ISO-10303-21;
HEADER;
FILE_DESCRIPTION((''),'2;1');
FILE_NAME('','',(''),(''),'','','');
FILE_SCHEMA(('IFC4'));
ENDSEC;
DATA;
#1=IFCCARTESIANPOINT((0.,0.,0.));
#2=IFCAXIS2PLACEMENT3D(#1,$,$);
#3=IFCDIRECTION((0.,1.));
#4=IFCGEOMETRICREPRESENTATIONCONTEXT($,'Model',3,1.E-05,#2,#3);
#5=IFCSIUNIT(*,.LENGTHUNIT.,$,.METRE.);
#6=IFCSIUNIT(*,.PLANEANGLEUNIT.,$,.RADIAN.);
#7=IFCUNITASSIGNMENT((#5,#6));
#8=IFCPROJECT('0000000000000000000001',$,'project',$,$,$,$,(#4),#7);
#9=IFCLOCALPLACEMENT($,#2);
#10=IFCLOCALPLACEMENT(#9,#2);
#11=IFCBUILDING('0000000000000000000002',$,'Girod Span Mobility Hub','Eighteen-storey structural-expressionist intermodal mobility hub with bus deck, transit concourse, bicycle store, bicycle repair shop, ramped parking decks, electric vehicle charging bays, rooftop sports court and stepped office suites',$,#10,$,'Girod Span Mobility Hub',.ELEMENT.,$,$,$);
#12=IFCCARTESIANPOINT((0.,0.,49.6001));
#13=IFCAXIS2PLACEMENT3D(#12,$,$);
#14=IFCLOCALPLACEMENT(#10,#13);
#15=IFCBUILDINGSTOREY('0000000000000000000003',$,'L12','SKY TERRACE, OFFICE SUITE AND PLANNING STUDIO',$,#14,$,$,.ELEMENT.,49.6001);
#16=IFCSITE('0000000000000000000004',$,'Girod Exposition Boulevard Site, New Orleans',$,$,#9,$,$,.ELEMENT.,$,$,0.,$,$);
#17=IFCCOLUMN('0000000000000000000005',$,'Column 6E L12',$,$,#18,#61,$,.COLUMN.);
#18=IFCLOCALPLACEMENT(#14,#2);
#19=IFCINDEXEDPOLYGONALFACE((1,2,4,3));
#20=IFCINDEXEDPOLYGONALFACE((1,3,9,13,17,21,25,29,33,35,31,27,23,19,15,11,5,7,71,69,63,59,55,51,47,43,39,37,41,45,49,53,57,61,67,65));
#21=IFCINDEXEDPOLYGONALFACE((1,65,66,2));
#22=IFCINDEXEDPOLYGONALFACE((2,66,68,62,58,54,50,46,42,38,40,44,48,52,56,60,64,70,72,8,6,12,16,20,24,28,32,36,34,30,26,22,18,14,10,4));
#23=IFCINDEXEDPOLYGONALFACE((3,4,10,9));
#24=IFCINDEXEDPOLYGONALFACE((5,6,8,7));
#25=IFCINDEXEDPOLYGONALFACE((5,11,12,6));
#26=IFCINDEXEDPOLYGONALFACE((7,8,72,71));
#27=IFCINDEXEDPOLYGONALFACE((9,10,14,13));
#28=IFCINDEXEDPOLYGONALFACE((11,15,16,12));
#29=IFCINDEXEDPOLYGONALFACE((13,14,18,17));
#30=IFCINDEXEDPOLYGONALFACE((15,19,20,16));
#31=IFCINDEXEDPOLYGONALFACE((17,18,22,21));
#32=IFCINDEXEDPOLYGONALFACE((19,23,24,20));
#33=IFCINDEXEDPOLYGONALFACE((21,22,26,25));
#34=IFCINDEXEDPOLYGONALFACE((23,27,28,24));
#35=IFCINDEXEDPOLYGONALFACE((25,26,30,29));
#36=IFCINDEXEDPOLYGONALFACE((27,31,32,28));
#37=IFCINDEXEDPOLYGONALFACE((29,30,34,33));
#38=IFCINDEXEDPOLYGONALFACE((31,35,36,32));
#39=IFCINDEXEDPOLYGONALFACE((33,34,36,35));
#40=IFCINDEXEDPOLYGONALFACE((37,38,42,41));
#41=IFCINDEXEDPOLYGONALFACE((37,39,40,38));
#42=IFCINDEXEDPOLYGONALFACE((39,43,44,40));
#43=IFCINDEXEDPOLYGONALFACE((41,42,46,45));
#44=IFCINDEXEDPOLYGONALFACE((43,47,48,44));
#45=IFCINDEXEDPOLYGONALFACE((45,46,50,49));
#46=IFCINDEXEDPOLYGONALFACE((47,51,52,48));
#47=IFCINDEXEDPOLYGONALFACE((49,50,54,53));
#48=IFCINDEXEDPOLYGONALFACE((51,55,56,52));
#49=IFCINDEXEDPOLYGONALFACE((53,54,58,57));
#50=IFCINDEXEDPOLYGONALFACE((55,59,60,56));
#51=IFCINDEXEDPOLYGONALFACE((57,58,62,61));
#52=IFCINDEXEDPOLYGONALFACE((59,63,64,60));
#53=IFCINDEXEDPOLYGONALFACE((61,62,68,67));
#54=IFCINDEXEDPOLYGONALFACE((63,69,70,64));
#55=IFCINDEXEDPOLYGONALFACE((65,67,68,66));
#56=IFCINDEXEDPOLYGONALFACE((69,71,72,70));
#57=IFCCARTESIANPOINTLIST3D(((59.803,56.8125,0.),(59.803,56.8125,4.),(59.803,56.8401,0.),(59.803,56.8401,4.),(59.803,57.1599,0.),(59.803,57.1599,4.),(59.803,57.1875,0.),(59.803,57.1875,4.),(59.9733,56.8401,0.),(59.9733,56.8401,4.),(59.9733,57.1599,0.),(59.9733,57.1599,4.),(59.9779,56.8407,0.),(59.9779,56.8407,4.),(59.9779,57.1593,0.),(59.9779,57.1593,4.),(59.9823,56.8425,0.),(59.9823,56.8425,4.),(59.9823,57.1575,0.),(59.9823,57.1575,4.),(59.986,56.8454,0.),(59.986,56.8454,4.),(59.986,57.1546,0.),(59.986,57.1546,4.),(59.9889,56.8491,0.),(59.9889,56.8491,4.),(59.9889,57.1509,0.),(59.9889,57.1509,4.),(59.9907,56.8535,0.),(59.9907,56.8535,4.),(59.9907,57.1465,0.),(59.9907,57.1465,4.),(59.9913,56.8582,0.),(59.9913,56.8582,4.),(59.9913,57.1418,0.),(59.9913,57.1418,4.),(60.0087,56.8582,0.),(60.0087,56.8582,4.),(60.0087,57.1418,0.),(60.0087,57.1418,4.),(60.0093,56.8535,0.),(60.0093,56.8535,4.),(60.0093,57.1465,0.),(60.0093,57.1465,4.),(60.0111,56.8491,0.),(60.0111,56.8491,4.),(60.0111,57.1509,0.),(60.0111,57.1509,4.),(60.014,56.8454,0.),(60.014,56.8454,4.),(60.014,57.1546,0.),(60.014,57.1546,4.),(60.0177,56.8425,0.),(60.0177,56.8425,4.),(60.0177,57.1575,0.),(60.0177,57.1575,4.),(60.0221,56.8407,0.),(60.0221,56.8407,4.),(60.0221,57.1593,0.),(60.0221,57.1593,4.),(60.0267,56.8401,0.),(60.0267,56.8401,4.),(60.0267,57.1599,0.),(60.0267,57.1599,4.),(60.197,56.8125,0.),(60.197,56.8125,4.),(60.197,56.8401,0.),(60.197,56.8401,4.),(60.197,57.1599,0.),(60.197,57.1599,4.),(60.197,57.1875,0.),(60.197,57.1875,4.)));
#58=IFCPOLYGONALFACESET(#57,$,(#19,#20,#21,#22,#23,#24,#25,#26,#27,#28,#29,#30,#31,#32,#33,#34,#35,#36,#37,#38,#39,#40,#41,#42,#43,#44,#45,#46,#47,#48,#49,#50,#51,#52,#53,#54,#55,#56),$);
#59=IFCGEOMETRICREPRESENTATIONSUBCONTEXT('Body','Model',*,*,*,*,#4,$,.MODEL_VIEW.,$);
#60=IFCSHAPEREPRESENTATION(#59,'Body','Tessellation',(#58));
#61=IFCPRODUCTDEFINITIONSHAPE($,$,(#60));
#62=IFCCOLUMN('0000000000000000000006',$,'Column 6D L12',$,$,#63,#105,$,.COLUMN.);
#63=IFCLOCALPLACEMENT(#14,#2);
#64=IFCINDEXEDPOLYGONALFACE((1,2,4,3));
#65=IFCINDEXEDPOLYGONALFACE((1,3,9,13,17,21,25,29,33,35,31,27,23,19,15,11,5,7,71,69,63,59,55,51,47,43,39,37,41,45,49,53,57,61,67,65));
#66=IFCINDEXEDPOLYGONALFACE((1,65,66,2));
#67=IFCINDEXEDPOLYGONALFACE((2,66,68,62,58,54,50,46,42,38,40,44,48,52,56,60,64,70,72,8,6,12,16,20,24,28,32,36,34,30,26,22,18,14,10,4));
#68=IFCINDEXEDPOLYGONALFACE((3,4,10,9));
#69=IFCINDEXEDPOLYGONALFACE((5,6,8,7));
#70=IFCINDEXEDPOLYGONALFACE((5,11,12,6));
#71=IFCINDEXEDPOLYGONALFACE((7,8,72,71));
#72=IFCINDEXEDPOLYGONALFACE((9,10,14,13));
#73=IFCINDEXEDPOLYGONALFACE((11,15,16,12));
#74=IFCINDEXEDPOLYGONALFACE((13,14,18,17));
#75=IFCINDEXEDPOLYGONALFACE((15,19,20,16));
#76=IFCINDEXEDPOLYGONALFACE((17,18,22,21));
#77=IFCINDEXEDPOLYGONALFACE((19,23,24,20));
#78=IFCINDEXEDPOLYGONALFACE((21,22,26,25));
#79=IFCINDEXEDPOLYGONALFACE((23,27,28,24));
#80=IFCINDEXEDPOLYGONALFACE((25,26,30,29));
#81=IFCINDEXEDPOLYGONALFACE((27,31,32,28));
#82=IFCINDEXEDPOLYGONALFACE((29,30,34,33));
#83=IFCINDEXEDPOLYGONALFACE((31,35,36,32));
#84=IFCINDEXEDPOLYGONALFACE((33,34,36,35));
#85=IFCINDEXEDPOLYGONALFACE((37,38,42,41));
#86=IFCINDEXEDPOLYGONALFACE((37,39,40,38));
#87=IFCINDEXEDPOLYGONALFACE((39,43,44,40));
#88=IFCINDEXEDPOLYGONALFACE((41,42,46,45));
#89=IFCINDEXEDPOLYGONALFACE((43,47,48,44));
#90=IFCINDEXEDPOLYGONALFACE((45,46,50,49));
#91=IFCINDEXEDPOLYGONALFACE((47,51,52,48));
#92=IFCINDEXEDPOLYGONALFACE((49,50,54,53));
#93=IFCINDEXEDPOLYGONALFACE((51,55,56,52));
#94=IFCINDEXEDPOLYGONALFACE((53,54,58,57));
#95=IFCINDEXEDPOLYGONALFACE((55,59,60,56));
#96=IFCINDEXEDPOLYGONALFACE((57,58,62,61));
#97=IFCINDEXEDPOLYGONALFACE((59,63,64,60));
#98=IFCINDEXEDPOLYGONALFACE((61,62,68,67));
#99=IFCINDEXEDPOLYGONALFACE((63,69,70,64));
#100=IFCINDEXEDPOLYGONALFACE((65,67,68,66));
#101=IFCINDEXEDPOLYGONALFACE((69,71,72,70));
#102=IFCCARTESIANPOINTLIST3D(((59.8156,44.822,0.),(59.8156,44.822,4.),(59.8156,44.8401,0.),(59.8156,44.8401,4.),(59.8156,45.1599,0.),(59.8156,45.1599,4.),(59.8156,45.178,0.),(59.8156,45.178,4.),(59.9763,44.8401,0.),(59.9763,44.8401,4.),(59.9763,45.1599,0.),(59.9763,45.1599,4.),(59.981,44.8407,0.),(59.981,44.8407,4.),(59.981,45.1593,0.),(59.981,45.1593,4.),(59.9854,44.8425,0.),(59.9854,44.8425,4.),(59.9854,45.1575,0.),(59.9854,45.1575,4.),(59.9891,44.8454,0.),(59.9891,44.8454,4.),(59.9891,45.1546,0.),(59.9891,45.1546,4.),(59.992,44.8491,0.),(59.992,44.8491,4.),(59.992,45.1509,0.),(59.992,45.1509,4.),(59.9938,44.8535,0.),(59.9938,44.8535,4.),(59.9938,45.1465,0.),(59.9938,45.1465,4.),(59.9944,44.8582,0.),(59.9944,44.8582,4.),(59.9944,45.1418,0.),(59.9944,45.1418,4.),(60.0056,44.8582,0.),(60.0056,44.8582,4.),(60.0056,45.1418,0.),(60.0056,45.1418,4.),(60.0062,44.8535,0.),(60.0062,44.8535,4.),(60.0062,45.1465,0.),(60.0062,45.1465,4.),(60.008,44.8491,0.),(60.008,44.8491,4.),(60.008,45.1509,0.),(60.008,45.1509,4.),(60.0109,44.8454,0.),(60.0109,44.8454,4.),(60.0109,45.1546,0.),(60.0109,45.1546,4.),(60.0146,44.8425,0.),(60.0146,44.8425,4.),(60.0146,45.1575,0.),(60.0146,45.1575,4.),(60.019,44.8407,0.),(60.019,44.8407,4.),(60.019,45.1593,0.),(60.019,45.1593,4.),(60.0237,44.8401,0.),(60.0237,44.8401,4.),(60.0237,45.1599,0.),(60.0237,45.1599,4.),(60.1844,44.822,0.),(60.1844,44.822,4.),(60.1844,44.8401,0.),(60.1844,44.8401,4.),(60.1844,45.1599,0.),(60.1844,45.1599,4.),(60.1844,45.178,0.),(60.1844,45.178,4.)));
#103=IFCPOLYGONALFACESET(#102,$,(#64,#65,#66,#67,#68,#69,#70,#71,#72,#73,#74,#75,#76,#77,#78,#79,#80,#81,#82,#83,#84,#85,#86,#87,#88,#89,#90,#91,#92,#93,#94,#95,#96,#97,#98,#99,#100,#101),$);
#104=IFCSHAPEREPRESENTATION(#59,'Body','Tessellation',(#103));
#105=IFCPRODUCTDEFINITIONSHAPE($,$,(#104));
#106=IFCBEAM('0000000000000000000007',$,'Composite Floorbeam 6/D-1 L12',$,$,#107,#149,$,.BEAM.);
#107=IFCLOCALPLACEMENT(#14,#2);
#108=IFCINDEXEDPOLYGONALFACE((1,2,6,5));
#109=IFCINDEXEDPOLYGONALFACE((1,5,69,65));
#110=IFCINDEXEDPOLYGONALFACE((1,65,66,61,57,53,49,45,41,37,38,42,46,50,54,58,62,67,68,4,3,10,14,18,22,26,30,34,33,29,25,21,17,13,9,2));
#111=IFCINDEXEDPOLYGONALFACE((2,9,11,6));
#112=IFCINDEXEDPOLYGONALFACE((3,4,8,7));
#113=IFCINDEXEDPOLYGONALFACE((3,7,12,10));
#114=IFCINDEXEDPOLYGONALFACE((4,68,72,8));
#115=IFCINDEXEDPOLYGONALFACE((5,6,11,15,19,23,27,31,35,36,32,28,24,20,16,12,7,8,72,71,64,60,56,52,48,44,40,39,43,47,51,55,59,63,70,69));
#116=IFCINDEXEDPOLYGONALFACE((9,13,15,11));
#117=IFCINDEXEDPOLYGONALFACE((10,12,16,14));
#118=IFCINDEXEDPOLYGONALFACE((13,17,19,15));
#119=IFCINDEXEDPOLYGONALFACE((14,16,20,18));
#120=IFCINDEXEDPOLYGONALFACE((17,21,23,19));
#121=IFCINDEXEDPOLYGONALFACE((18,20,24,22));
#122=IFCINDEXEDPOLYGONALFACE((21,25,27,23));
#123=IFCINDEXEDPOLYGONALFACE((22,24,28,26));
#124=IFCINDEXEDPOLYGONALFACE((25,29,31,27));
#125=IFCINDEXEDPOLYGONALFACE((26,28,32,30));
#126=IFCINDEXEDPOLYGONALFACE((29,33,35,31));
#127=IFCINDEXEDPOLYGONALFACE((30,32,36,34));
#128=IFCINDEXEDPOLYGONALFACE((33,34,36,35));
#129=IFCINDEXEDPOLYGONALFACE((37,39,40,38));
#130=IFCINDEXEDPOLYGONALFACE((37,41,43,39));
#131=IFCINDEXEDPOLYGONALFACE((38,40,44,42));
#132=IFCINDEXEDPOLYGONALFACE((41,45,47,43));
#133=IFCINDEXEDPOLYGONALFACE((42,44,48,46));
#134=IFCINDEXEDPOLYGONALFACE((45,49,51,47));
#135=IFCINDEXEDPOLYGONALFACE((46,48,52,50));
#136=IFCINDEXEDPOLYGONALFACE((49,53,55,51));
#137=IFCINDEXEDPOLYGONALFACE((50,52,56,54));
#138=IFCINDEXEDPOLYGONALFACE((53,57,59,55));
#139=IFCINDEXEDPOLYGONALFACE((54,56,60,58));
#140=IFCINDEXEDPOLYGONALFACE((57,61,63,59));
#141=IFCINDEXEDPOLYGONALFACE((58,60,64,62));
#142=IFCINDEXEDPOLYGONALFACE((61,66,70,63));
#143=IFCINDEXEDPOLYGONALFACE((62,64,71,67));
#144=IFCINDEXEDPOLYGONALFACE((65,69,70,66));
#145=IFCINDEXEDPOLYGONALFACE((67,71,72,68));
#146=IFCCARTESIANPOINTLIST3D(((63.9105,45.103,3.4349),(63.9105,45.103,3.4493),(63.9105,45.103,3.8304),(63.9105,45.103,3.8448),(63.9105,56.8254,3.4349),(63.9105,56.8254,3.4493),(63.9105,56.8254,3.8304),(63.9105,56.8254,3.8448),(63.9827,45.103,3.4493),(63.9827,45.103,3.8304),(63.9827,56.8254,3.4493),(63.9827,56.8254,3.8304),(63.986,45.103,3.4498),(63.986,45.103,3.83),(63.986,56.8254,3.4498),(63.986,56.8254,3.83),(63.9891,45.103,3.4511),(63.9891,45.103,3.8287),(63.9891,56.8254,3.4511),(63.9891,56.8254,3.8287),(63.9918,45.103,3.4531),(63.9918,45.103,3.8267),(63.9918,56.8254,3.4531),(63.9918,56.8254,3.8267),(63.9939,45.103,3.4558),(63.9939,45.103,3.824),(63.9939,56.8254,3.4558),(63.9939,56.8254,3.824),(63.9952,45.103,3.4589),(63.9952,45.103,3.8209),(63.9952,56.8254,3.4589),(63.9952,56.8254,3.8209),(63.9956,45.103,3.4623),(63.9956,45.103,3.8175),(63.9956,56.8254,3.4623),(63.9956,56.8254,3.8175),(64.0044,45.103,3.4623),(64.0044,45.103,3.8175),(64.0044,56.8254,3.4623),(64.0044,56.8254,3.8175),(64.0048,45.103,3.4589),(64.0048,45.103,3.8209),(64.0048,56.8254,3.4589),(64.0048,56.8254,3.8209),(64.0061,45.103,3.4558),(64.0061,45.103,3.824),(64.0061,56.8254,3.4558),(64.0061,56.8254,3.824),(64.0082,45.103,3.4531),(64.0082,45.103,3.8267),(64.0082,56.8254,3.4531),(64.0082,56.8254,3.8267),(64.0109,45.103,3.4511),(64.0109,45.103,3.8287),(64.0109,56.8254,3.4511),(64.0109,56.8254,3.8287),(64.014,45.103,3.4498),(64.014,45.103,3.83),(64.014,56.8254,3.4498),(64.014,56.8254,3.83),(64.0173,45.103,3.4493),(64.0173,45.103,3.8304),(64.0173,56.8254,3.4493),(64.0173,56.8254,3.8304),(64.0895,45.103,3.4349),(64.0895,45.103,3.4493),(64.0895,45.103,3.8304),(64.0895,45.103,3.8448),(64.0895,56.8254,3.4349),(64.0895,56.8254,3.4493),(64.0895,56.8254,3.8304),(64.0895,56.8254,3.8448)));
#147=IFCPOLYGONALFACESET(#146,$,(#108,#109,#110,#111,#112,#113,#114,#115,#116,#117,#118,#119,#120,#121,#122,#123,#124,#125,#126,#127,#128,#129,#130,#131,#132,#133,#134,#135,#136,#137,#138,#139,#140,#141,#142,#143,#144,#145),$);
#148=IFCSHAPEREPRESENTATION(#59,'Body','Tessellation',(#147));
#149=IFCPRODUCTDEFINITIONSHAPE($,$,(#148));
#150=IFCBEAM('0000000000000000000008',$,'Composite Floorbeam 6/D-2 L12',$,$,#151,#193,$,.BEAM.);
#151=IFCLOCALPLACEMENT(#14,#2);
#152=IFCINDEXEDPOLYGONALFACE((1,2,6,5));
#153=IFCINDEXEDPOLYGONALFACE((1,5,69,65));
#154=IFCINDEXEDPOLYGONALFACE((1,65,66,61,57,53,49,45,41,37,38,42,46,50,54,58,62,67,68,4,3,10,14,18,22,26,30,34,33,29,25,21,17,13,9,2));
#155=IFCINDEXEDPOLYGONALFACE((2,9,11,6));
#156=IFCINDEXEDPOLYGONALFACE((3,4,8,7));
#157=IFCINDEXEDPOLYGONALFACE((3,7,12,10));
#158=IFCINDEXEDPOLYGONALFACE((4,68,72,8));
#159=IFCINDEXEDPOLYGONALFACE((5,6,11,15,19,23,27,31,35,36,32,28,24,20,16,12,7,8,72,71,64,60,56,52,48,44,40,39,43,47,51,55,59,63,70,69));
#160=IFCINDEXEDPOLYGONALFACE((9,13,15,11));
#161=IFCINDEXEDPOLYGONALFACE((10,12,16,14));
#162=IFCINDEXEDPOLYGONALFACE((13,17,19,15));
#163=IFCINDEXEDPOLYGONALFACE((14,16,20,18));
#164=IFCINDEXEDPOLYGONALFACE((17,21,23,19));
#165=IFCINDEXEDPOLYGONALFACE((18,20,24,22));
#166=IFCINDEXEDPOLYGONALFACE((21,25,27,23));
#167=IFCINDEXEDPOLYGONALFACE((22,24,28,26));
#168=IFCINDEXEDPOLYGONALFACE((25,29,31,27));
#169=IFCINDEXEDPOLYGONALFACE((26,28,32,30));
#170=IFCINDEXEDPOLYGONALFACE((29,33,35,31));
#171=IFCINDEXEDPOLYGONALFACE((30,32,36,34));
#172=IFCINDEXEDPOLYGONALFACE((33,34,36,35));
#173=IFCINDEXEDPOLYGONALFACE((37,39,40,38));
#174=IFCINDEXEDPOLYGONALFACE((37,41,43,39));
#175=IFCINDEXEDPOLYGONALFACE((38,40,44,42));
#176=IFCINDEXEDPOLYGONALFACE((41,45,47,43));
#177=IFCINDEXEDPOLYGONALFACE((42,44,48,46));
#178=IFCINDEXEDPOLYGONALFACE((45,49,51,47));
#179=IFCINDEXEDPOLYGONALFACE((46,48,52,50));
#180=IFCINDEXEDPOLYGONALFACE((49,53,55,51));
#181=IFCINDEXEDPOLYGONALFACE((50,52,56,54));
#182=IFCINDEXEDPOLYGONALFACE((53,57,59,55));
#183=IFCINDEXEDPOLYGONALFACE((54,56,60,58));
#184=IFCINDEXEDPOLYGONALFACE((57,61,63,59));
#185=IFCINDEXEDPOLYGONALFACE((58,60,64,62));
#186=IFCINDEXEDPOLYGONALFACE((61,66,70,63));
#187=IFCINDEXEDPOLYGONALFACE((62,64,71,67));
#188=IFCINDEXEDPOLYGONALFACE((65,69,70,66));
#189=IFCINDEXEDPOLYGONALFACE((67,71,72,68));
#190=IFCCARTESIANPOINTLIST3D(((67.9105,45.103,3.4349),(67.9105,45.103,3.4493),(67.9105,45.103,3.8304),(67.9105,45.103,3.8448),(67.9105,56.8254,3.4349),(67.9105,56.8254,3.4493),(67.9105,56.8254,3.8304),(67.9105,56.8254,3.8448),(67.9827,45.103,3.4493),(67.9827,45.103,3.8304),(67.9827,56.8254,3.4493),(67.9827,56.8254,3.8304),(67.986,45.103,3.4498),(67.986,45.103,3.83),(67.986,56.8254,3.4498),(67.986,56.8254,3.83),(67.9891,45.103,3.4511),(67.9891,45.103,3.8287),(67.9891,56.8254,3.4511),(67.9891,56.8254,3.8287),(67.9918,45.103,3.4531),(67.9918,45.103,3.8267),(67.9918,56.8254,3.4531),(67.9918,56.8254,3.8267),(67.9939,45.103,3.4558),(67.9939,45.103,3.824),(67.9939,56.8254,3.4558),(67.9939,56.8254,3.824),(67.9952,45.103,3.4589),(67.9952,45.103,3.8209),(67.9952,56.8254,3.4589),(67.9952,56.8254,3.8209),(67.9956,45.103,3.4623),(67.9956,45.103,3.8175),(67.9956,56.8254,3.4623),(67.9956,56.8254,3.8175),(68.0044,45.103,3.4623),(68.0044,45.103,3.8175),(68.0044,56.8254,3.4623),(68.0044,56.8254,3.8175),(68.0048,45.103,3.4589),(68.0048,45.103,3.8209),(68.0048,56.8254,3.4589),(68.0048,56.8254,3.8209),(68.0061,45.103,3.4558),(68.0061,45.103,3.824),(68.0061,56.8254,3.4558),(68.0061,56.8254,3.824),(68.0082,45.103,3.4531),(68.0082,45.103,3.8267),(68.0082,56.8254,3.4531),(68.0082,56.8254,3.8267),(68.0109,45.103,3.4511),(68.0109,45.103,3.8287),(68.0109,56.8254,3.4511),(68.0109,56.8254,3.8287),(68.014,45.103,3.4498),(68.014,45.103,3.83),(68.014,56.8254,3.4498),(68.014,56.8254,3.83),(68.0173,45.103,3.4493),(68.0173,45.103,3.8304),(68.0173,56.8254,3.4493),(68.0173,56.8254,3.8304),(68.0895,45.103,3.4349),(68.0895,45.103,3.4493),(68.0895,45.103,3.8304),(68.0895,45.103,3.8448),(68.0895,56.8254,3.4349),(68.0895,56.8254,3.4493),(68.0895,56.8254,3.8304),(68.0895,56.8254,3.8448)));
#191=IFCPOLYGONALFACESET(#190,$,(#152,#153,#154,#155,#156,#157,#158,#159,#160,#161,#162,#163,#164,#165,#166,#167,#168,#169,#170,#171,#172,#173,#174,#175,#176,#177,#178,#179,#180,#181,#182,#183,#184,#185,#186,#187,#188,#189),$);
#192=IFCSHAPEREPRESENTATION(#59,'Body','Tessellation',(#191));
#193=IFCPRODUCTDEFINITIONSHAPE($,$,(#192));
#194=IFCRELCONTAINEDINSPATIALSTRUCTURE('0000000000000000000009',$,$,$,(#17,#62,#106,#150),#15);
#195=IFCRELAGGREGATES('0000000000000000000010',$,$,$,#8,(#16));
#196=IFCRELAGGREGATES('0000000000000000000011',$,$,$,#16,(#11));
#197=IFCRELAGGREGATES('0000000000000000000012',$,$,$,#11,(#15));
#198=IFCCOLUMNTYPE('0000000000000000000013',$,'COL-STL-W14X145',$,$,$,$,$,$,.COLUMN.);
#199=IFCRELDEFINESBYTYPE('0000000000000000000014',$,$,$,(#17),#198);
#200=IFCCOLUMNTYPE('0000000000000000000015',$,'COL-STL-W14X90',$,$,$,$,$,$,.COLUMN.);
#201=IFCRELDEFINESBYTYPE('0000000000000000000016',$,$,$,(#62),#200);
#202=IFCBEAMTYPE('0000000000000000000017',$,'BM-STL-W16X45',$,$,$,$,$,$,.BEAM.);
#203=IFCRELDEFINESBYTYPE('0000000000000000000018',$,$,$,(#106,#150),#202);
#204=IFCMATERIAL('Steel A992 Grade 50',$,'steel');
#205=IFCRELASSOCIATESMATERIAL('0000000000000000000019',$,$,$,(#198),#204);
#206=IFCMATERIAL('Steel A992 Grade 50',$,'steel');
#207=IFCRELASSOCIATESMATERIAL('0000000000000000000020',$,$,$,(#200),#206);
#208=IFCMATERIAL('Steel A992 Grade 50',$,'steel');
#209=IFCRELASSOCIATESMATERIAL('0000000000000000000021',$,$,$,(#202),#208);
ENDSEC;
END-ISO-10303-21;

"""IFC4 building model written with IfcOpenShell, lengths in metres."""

from ifc_helpers import new_model, si_unit, direction, frame, origin, origin_2d, place, context, subcontext, project, spatial, i_section, extrude, material, material_profile, profile_set, type_object, element, save


model = new_model("IFC4")

# Units and contexts
model_context = context("Model", 3, precision=1e-05, world=origin(), true_north=direction((0.0, 1.0)))
body_context = subcontext(model_context, "Body", "Model", "MODEL_VIEW")
ifc_project = project(units=[si_unit("LENGTHUNIT", "METRE"), si_unit("PLANEANGLEUNIT", "RADIAN")], contexts=[model_context])

# Site, building, storey
site_placement = place(None, origin())
site = spatial("IfcSite", under=ifc_project, at=site_placement, Name="Girod Exposition Boulevard Site, New Orleans", CompositionType="ELEMENT", RefElevation=0.0)
building_placement = place(site_placement, origin())
building = spatial("IfcBuilding", under=site, at=building_placement, Name="Girod Span Mobility Hub", Description="Eighteen-storey structural-expressionist intermodal mobility hub with bus deck, transit concourse, bicycle store, bicycle repair shop, ramped parking decks, electric vehicle charging bays, rooftop sports court and stepped office suites", LongName="Girod Span Mobility Hub", CompositionType="ELEMENT")
storey_placement = place(building_placement, frame((0.0, 0.0, 49.6001)))
storey = spatial("IfcBuildingStorey", under=building, at=storey_placement, Name="L12", Description="SKY TERRACE, OFFICE SUITE AND PLANNING STUDIO", CompositionType="ELEMENT", Elevation=49.6001)

# Columns
ifc_material_1 = material(Name="Steel A992 Grade 50", Category="steel")
ifc_material_profile_1 = material_profile(ifc_material_1, i_section(OverallWidth=0.394, OverallDepth=0.375, WebThickness=0.0173, FlangeThickness=0.0276, FilletRadius=0.0181, at=origin_2d()), Name="W14X145")
ifc_profile_set_1 = profile_set([ifc_material_profile_1], Name="Steel A992 Grade 50")
column_type_1 = type_object("IfcColumnType", Name="COL-STL-W14X145", PredefinedType="COLUMN", material=ifc_profile_set_1)
column_1_placement = place(storey_placement, frame((60.0, 57.0, 0.0), z_axis=(0.0, 0.0, 1.0), x_axis=(1.0, 0.0, 0.0)))
element("IfcColumn", 1, at=column_1_placement, inside=storey, type_object=column_type_1, Name="Column 6E L12", PredefinedType="COLUMN", context=body_context, shape_type="SweptSolid", body=[
    extrude(i_section(OverallWidth=0.394, OverallDepth=0.375, WebThickness=0.0173, FlangeThickness=0.0276, FilletRadius=0.0181, at=origin_2d()), origin(), (0.0, 0.0, 1.0), 4.0),
])
ifc_material_2 = material(Name="Steel A992 Grade 50", Category="steel")
ifc_material_profile_2 = material_profile(ifc_material_2, i_section(OverallWidth=0.3689, OverallDepth=0.356, WebThickness=0.0112, FlangeThickness=0.0181, FilletRadius=0.0181, at=origin_2d()), Name="W14X90")
ifc_profile_set_2 = profile_set([ifc_material_profile_2], Name="Steel A992 Grade 50")
column_type_2 = type_object("IfcColumnType", Name="COL-STL-W14X90", PredefinedType="COLUMN", material=ifc_profile_set_2)
column_2_placement = place(storey_placement, frame((60.0, 45.0, 0.0), z_axis=(0.0, 0.0, 1.0), x_axis=(1.0, 0.0, 0.0)))
element("IfcColumn", 2, at=column_2_placement, inside=storey, type_object=column_type_2, Name="Column 6D L12", PredefinedType="COLUMN", context=body_context, shape_type="SweptSolid", body=[
    extrude(i_section(OverallWidth=0.3689, OverallDepth=0.356, WebThickness=0.0112, FlangeThickness=0.0181, FilletRadius=0.0181, at=origin_2d()), origin(), (0.0, 0.0, 1.0), 4.0),
])

# Beams
ifc_material_3 = material(Name="Steel A992 Grade 50", Category="steel")
ifc_material_profile_3 = material_profile(ifc_material_3, i_section(OverallWidth=0.179, OverallDepth=0.4099, WebThickness=0.0088, FlangeThickness=0.0144, FilletRadius=0.0129, at=origin_2d()), Name="W16X45")
ifc_profile_set_3 = profile_set([ifc_material_profile_3], Name="Steel A992 Grade 50")
beam_type_1 = type_object("IfcBeamType", Name="BM-STL-W16X45", PredefinedType="BEAM", material=ifc_profile_set_3)
for number, where, z_axis, x_axis, name in (
    (3, (64.0, 45.103, 3.6399), (0.0, 1.0, 0.0), (-1.0, 0.0, 0.0), "Composite Floorbeam 6/D-1 L12"),
    (4, (68.0, 45.103, 3.6399), (0.0, 1.0, 0.0), (-1.0, 0.0, 0.0), "Composite Floorbeam 6/D-2 L12"),
):
    element("IfcBeam", number, at=place(storey_placement, frame(where, z_axis=z_axis, x_axis=x_axis)), inside=storey, type_object=beam_type_1, Name=name, PredefinedType="BEAM", context=body_context, shape_type="SweptSolid", body=[
        extrude(i_section(OverallWidth=0.179, OverallDepth=0.4099, WebThickness=0.0088, FlangeThickness=0.0144, FilletRadius=0.0129, at=origin_2d()), origin(), (0.0, 0.0, 1.0), 11.7224),
    ])

save(model, "model.ifc")
